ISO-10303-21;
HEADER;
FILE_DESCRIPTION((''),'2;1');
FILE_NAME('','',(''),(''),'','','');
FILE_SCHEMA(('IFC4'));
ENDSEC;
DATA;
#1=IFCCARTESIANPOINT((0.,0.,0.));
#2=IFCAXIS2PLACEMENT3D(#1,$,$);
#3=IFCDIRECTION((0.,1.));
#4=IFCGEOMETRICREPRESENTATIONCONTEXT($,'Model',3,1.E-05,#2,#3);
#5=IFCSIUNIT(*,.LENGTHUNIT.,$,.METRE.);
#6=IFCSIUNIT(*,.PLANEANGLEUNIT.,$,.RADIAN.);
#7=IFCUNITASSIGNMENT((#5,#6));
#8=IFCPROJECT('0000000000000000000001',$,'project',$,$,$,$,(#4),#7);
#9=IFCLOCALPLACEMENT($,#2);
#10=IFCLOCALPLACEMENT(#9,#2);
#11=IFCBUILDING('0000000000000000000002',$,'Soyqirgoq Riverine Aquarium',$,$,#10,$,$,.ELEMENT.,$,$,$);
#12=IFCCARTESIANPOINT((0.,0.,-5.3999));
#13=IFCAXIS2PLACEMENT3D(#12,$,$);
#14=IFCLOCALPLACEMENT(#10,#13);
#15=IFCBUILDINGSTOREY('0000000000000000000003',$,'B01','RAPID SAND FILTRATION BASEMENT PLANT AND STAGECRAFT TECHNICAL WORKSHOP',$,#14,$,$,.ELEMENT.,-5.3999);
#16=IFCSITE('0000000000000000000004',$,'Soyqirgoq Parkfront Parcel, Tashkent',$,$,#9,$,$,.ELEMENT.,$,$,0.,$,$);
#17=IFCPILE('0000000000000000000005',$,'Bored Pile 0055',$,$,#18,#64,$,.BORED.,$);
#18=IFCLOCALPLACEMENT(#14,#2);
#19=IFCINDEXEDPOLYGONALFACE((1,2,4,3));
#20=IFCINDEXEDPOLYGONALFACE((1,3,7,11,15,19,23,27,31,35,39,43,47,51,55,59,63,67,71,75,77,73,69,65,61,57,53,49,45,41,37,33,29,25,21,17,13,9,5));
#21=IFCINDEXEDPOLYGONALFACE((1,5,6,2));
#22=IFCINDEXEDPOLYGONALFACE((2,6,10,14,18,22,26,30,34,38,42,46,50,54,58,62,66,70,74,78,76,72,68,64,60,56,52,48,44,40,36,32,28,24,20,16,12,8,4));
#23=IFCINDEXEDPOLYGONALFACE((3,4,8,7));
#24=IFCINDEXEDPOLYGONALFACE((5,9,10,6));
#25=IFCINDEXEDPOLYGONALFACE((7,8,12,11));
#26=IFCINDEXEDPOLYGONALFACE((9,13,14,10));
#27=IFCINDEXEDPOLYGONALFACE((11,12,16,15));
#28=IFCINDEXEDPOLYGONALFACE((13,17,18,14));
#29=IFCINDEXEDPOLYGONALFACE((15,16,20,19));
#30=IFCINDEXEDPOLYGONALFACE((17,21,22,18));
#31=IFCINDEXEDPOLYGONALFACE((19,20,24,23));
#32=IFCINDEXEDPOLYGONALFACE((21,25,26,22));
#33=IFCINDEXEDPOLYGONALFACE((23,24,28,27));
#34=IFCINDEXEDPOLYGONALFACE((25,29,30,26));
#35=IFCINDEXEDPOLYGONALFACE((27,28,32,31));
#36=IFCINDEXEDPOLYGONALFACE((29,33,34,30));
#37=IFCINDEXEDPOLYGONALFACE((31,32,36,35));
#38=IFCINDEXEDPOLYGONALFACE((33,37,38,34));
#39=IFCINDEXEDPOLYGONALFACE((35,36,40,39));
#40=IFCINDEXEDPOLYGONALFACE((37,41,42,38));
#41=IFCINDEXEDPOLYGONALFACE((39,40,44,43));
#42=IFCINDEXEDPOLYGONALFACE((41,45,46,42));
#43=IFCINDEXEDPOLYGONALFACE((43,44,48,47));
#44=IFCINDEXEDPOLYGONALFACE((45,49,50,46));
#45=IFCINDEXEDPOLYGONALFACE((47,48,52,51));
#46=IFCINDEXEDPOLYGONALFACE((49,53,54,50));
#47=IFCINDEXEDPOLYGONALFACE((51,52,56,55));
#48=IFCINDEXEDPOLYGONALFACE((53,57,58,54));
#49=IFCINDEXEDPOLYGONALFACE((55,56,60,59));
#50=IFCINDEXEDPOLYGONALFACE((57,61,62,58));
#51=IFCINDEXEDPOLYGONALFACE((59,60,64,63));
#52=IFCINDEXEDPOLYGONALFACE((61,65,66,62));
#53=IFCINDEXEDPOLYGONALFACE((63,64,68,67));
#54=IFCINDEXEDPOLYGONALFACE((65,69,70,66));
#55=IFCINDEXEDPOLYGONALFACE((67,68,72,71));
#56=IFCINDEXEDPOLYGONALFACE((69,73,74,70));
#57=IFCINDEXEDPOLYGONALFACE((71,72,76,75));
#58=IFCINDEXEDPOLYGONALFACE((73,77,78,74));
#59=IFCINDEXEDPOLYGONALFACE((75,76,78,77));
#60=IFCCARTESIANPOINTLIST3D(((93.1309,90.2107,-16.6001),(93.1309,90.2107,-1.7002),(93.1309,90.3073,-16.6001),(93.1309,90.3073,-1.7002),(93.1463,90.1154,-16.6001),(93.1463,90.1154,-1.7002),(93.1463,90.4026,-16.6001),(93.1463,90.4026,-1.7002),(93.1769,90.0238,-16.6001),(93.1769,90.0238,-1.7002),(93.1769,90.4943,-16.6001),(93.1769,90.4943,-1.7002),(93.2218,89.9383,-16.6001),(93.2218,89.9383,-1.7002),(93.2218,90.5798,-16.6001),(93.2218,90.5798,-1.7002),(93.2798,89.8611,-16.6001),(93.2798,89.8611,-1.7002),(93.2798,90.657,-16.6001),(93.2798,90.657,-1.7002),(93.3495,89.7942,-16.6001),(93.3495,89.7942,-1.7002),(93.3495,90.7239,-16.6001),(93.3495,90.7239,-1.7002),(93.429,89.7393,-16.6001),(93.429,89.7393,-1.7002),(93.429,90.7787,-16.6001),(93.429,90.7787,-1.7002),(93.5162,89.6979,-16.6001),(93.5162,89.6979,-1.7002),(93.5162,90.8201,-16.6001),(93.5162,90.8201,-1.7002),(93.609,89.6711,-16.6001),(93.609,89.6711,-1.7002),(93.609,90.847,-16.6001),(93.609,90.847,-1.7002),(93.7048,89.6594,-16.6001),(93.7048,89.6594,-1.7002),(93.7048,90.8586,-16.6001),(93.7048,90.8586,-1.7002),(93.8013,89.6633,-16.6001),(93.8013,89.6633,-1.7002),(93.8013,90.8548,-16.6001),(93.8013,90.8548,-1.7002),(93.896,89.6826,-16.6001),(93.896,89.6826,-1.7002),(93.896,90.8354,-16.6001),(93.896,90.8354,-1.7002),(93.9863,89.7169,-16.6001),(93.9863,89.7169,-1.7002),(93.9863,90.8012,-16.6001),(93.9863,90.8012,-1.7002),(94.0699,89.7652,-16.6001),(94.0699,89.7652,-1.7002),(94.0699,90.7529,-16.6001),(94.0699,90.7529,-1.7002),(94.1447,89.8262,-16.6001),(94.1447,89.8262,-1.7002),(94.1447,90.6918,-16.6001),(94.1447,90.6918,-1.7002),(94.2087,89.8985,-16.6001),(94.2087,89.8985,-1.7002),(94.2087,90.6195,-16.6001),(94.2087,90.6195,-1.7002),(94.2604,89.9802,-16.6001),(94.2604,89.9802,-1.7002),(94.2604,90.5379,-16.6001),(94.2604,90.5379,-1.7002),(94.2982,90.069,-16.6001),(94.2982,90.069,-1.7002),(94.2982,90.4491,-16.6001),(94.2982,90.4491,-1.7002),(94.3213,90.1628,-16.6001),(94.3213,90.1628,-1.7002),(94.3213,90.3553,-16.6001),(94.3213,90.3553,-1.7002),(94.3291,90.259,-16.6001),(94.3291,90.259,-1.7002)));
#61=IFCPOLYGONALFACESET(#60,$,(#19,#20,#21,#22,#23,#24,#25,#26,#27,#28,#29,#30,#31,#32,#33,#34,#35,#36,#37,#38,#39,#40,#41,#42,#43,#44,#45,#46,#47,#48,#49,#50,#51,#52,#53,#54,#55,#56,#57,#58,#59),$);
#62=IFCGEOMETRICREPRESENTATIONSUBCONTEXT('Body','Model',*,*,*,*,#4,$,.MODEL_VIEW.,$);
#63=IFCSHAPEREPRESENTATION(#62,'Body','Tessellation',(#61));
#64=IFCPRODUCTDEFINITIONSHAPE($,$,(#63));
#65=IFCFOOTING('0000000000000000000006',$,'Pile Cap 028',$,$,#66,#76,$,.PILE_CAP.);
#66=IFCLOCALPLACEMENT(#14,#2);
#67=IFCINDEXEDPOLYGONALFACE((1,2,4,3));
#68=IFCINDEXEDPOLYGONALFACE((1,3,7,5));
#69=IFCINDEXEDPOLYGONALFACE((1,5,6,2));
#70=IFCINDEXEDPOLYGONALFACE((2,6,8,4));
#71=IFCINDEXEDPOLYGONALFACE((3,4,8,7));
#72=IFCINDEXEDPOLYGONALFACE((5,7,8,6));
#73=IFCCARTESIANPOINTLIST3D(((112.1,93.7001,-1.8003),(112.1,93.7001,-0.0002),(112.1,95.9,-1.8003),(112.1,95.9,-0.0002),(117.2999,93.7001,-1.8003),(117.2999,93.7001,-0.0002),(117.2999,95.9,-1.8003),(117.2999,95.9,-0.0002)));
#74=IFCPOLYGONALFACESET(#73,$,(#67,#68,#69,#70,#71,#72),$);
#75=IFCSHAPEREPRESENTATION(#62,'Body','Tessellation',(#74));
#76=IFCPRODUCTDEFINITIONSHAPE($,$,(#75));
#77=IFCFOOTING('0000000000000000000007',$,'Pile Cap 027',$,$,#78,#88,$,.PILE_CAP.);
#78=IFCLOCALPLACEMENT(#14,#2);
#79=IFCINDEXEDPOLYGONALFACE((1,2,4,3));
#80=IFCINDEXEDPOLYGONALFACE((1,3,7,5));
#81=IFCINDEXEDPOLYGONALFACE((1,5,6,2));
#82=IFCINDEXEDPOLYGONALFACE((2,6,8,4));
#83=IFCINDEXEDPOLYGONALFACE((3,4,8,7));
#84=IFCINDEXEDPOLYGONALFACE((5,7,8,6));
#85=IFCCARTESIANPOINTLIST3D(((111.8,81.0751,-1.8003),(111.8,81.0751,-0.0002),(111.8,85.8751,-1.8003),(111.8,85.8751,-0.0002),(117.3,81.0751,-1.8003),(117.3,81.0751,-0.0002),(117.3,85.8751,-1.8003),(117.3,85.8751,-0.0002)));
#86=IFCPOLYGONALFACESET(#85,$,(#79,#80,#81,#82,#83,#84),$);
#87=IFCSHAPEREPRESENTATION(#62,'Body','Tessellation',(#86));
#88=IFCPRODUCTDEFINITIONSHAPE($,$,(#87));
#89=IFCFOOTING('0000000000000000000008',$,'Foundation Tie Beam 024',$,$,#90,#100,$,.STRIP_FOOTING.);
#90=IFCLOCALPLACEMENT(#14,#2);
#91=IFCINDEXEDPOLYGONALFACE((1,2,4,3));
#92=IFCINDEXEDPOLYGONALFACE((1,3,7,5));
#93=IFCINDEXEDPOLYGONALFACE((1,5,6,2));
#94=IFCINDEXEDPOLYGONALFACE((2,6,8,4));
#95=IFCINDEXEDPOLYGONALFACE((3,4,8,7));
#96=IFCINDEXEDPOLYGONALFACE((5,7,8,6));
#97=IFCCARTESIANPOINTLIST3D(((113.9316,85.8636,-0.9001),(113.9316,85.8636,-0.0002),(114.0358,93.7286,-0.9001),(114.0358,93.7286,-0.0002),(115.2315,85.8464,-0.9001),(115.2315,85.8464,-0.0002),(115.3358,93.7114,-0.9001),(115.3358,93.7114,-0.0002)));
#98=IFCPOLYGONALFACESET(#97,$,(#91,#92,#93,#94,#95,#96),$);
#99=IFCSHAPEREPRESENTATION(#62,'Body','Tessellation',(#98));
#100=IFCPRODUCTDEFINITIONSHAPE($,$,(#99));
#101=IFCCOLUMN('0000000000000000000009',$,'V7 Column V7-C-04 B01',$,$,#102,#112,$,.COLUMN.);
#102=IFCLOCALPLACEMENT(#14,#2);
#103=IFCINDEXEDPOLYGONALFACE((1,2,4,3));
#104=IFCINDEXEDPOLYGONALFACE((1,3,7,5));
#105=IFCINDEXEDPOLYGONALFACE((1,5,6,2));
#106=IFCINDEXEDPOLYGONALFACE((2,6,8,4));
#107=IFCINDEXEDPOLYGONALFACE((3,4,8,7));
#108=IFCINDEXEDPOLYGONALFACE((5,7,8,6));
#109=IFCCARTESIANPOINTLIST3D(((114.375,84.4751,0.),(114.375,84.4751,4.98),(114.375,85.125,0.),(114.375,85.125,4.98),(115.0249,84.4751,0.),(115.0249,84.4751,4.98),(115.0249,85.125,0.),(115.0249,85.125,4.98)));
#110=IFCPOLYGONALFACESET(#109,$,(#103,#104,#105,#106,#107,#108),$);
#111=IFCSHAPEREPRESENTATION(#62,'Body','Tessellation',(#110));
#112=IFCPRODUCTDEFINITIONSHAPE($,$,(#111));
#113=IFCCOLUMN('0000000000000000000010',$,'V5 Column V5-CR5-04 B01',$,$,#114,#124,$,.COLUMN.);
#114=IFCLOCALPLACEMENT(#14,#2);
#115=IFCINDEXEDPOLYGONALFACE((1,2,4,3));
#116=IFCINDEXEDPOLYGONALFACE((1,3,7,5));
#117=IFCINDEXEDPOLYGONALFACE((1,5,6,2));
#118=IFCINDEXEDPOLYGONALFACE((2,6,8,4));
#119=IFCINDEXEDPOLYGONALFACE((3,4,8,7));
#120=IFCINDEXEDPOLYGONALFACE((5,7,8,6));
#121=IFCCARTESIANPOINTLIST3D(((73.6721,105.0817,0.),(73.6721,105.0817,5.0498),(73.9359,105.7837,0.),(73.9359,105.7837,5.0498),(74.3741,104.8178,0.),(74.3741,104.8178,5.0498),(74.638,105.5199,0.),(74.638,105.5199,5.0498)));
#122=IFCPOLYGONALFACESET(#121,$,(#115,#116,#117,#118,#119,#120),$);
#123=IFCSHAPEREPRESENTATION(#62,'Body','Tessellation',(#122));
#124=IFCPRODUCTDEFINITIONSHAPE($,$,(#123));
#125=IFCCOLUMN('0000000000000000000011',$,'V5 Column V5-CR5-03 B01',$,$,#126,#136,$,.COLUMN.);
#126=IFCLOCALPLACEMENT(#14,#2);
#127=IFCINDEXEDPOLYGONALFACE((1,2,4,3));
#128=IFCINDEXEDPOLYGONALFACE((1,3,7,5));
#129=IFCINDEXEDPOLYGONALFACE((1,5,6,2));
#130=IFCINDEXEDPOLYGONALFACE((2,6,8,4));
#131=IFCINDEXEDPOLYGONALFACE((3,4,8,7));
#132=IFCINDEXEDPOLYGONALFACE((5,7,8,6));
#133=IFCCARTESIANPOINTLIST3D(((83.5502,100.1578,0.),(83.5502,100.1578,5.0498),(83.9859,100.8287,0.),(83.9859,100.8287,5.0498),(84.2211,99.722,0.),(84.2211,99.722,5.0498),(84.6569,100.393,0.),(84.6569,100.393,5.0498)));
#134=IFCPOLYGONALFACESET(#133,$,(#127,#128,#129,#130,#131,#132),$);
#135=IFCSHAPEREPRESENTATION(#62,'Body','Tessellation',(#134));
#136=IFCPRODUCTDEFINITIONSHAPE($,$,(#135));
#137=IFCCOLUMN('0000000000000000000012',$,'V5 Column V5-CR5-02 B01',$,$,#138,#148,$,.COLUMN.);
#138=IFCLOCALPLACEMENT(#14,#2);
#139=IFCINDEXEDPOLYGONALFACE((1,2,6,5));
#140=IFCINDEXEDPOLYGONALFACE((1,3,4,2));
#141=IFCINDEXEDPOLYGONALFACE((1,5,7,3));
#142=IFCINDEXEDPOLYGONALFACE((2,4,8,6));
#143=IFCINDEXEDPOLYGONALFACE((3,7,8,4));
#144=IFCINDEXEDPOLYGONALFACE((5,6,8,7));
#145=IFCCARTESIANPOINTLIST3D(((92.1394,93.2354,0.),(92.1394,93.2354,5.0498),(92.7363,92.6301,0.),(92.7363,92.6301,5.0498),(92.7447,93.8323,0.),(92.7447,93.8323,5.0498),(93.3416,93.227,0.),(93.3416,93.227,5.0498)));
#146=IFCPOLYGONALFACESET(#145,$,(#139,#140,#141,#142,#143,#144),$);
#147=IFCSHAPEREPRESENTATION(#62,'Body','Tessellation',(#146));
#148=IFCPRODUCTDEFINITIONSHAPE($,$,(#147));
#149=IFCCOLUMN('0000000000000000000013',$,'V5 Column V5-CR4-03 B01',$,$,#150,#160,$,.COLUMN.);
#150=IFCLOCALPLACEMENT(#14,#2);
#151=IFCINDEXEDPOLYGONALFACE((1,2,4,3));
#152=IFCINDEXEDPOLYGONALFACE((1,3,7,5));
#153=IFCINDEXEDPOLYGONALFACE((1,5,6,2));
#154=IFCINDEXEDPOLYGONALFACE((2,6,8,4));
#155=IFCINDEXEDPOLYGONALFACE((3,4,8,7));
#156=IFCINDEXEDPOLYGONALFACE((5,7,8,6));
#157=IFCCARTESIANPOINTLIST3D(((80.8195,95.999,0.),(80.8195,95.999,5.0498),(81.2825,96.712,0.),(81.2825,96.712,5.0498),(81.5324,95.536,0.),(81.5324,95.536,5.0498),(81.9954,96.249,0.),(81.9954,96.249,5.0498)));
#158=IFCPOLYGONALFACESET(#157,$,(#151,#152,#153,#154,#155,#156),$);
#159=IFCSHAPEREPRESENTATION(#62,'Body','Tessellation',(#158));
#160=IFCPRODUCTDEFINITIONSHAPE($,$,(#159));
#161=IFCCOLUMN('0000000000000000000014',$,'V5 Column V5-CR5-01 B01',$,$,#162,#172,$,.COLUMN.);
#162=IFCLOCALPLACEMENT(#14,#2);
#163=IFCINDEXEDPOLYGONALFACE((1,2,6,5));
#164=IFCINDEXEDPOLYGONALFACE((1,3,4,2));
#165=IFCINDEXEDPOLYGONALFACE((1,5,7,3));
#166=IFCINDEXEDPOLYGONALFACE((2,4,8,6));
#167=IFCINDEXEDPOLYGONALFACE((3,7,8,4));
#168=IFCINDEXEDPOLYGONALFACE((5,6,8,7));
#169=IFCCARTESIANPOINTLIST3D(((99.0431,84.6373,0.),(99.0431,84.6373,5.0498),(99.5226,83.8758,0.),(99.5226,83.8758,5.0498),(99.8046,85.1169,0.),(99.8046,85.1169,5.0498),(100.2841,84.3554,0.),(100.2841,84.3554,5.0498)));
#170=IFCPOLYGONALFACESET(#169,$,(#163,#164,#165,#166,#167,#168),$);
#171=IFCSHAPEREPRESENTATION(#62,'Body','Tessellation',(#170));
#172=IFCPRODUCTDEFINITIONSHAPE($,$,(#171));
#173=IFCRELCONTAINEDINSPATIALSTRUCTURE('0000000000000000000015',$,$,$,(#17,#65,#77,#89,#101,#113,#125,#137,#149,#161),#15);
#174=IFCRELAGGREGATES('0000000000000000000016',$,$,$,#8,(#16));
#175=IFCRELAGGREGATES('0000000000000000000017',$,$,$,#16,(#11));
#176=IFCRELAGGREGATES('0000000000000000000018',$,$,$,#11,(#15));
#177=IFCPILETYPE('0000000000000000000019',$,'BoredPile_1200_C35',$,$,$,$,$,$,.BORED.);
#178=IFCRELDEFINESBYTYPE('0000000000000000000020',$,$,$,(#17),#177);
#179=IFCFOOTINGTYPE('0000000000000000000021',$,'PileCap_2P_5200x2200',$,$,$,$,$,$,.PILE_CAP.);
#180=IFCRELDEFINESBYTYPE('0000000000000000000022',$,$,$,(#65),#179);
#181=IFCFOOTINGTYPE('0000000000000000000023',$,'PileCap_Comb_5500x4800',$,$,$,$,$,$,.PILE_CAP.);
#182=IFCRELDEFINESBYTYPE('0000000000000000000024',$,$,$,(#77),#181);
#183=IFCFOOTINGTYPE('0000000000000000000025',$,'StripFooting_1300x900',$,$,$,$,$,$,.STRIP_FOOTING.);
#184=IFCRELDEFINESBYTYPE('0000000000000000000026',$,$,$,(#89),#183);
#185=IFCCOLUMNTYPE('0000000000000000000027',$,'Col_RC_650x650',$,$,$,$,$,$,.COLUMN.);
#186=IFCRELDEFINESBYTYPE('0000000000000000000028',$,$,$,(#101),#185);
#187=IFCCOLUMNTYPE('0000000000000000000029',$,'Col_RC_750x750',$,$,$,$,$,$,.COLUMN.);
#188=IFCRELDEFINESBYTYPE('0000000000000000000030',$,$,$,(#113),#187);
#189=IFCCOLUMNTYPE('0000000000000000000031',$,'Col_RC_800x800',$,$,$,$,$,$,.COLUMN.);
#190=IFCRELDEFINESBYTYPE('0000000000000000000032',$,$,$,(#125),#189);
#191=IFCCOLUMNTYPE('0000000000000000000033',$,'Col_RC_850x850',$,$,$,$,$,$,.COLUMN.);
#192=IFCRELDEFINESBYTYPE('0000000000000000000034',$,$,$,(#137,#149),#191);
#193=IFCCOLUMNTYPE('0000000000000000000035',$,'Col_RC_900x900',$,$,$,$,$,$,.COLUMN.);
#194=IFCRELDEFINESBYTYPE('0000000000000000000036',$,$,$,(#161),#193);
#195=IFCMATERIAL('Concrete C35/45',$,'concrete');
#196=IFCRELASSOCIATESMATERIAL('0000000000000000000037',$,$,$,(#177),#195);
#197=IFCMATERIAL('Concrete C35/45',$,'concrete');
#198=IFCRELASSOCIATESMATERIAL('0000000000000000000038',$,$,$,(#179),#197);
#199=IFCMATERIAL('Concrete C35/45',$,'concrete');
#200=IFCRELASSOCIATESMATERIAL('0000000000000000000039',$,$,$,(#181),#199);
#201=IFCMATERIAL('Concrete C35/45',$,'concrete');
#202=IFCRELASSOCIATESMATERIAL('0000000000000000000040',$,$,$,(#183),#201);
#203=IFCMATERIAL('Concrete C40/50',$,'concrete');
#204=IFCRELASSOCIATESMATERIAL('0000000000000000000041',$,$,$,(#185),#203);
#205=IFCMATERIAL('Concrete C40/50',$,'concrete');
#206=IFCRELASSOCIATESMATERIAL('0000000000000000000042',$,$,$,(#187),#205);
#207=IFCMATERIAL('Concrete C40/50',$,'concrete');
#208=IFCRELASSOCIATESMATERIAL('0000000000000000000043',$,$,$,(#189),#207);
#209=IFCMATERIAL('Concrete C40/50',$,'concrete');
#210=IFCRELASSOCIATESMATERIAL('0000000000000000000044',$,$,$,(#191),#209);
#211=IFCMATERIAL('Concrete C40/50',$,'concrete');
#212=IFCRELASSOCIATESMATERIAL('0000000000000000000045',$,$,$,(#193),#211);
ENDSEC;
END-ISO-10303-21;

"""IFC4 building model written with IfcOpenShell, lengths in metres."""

from ifc_helpers import new_model, si_unit, direction, frame, origin, origin_2d, place, context, subcontext, project, spatial, rectangle, circle, extrude, material, material_profile, profile_set, type_object, element, save


model = new_model("IFC4")

# Units and contexts
model_context = context("Model", 3, precision=1e-05, world=origin(), true_north=direction((0.0, 1.0)))
body_context = subcontext(model_context, "Body", "Model", "MODEL_VIEW")
ifc_project = project(units=[si_unit("LENGTHUNIT", "METRE"), si_unit("PLANEANGLEUNIT", "RADIAN")], contexts=[model_context])

# Site, building, storey
site_placement = place(None, origin())
site = spatial("IfcSite", under=ifc_project, at=site_placement, Name="Soyqirgoq Parkfront Parcel, Tashkent", CompositionType="ELEMENT", RefElevation=0.0)
building_placement = place(site_placement, origin())
building = spatial("IfcBuilding", under=site, at=building_placement, Name="Soyqirgoq Riverine Aquarium", CompositionType="ELEMENT")
storey_placement = place(building_placement, frame((0.0, 0.0, -5.3999)))
storey = spatial("IfcBuildingStorey", under=building, at=storey_placement, Name="B01", Description="RAPID SAND FILTRATION BASEMENT PLANT AND STAGECRAFT TECHNICAL WORKSHOP", CompositionType="ELEMENT", Elevation=-5.3999)

# Pile
ifc_material_1 = material(Name="Concrete C35/45", Category="concrete")
ifc_material_profile_1 = material_profile(ifc_material_1, circle(Radius=0.6001, at=origin_2d()), Name="BP D1200")
ifc_profile_set_1 = profile_set([ifc_material_profile_1], Name="Concrete C35/45")
pile_type_1 = type_object("IfcPileType", Name="BoredPile_1200_C35", PredefinedType="BORED", material=ifc_profile_set_1)
for number, where, z_axis, x_axis, name in (
    (1, (93.729, 90.259, -1.7002), (0.0, 0.0, -1.0), (1.0, 0.0, 0.0), "Bored Pile 0055"),
):
    element("IfcPile", number, at=place(storey_placement, frame(where, z_axis=z_axis, x_axis=x_axis)), inside=storey, type_object=pile_type_1, Name=name, PredefinedType="BORED", context=body_context, shape_type="SweptSolid", body=[
        extrude(circle(Radius=0.6001, at=origin_2d()), origin(), (0.0, 0.0, 1.0), 14.8999),
    ])

# Footings
ifc_material_2 = material(Name="Concrete C35/45", Category="concrete")
footing_type_1 = type_object("IfcFootingType", Name="PileCap_2P_5200x2200", PredefinedType="PILE_CAP", material=ifc_material_2)
footing_1_placement = place(storey_placement, frame((114.7, 94.8, -1.8003), z_axis=(0.0, 0.0, 1.0), x_axis=(1.0, 0.0, 0.0)))
element("IfcFooting", 2, at=footing_1_placement, inside=storey, type_object=footing_type_1, Name="Pile Cap 028", PredefinedType="PILE_CAP", context=body_context, shape_type="SweptSolid", body=[
    extrude(rectangle(XDim=5.2, YDim=2.2, at=origin_2d()), origin(), (0.0, 0.0, 1.0), 1.8),
])
ifc_material_3 = material(Name="Concrete C35/45", Category="concrete")
footing_type_2 = type_object("IfcFootingType", Name="PileCap_Comb_5500x4800", PredefinedType="PILE_CAP", material=ifc_material_3)
footing_2_placement = place(storey_placement, frame((114.55, 83.4751, -1.8003), z_axis=(0.0, 0.0, 1.0), x_axis=(1.0, 0.0, 0.0)))
element("IfcFooting", 3, at=footing_2_placement, inside=storey, type_object=footing_type_2, Name="Pile Cap 027", PredefinedType="PILE_CAP", context=body_context, shape_type="SweptSolid", body=[
    extrude(rectangle(XDim=5.5, YDim=4.8, at=origin_2d()), origin(), (0.0, 0.0, 1.0), 1.8),
])
ifc_material_4 = material(Name="Concrete C35/45", Category="concrete")
ifc_material_profile_2 = material_profile(ifc_material_4, rectangle(XDim=1.3, YDim=0.8999, at=origin_2d()), Name="RC 1300x900")
ifc_profile_set_2 = profile_set([ifc_material_profile_2], Name="Concrete C35/45")
footing_type_3 = type_object("IfcFootingType", Name="StripFooting_1300x900", PredefinedType="STRIP_FOOTING", material=ifc_profile_set_2)
footing_3_placement = place(storey_placement, frame((114.5815, 85.855, -0.4502), z_axis=(0.013254, 0.999912, 0.0), x_axis=(-0.999912, 0.013254, 0.0)))
element("IfcFooting", 4, at=footing_3_placement, inside=storey, type_object=footing_type_3, Name="Foundation Tie Beam 024", PredefinedType="STRIP_FOOTING", context=body_context, shape_type="SweptSolid", body=[
    extrude(rectangle(XDim=1.3, YDim=0.8999, at=origin_2d()), origin(), (0.0, 0.0, 1.0), 7.8657),
])

# Columns
ifc_material_5 = material(Name="Concrete C40/50", Category="concrete")
ifc_material_profile_3 = material_profile(ifc_material_5, rectangle(XDim=0.6499, YDim=0.6499, at=origin_2d()), Name="RC 650x650")
ifc_profile_set_3 = profile_set([ifc_material_profile_3], Name="Concrete C40/50")
column_type_1 = type_object("IfcColumnType", Name="Col_RC_650x650", PredefinedType="COLUMN", material=ifc_profile_set_3)
column_1_placement = place(storey_placement, frame((114.7, 84.8, 0.0), z_axis=(0.0, 0.0, 1.0), x_axis=(1.0, 0.0, 0.0)))
element("IfcColumn", 5, at=column_1_placement, inside=storey, type_object=column_type_1, Name="V7 Column V7-C-04 B01", PredefinedType="COLUMN", context=body_context, shape_type="SweptSolid", body=[
    extrude(rectangle(XDim=0.6499, YDim=0.6499, at=origin_2d()), origin(), (0.0, 0.0, 1.0), 4.98),
])
ifc_material_6 = material(Name="Concrete C40/50", Category="concrete")
ifc_material_profile_4 = material_profile(ifc_material_6, rectangle(XDim=0.75, YDim=0.75, at=origin_2d()), Name="RC 750x750")
ifc_profile_set_4 = profile_set([ifc_material_profile_4], Name="Concrete C40/50")
column_type_2 = type_object("IfcColumnType", Name="Col_RC_750x750", PredefinedType="COLUMN", material=ifc_profile_set_4)
column_2_placement = place(storey_placement, frame((74.155, 105.3008, 0.0), z_axis=(0.0, 0.0, 1.0), x_axis=(0.351842, 0.93606, 0.0)))
element("IfcColumn", 6, at=column_2_placement, inside=storey, type_object=column_type_2, Name="V5 Column V5-CR5-04 B01", PredefinedType="COLUMN", context=body_context, shape_type="SweptSolid", body=[
    extrude(rectangle(XDim=0.75, YDim=0.75, at=origin_2d()), origin(), (0.0, 0.0, 1.0), 5.0498),
])
ifc_material_7 = material(Name="Concrete C40/50", Category="concrete")
ifc_material_profile_5 = material_profile(ifc_material_7, rectangle(XDim=0.8, YDim=0.8, at=origin_2d()), Name="RC 800x800")
ifc_profile_set_5 = profile_set([ifc_material_profile_5], Name="Concrete C40/50")
column_type_3 = type_object("IfcColumnType", Name="Col_RC_800x800", PredefinedType="COLUMN", material=ifc_profile_set_5)
column_3_placement = place(storey_placement, frame((84.1035, 100.2754, 0.0), z_axis=(0.0, 0.0, 1.0), x_axis=(0.544639, 0.838671, 0.0)))
element("IfcColumn", 7, at=column_3_placement, inside=storey, type_object=column_type_3, Name="V5 Column V5-CR5-03 B01", PredefinedType="COLUMN", context=body_context, shape_type="SweptSolid", body=[
    extrude(rectangle(XDim=0.8, YDim=0.8, at=origin_2d()), origin(), (0.0, 0.0, 1.0), 5.0498),
])
ifc_material_8 = material(Name="Concrete C40/50", Category="concrete")
ifc_material_profile_6 = material_profile(ifc_material_8, rectangle(XDim=0.8501, YDim=0.8501, at=origin_2d()), Name="RC 850x850")
ifc_profile_set_6 = profile_set([ifc_material_profile_6], Name="Concrete C40/50")
column_type_4 = type_object("IfcColumnType", Name="Col_RC_850x850", PredefinedType="COLUMN", material=ifc_profile_set_6)
for number, where, z_axis, x_axis, name in (
    (8, (92.7405, 93.2312, 0.0), (0.0, 0.0, 1.0), (0.712026, 0.702153, 0.0), "V5 Column V5-CR5-02 B01"),
    (9, (81.4075, 96.124, 0.0), (0.0, 0.0, 1.0), (0.544639, 0.838671, 0.0), "V5 Column V5-CR4-03 B01"),
):
    element("IfcColumn", number, at=place(storey_placement, frame(where, z_axis=z_axis, x_axis=x_axis)), inside=storey, type_object=column_type_4, Name=name, PredefinedType="COLUMN", context=body_context, shape_type="SweptSolid", body=[
        extrude(rectangle(XDim=0.8501, YDim=0.8501, at=origin_2d()), origin(), (0.0, 0.0, 1.0), 5.0498),
    ])
ifc_material_9 = material(Name="Concrete C40/50", Category="concrete")
ifc_material_profile_7 = material_profile(ifc_material_9, rectangle(XDim=0.8999, YDim=0.8999, at=origin_2d()), Name="RC 900x900")
ifc_profile_set_7 = profile_set([ifc_material_profile_7], Name="Concrete C40/50")
column_type_5 = type_object("IfcColumnType", Name="Col_RC_900x900", PredefinedType="COLUMN", material=ifc_profile_set_7)
for number, where, z_axis, x_axis, name in (
    (10, (99.6636, 84.4963, 0.0), (0.0, 0.0, 1.0), (0.846193, 0.532876, 0.0), "V5 Column V5-CR5-01 B01"),
):
    element("IfcColumn", number, at=place(storey_placement, frame(where, z_axis=z_axis, x_axis=x_axis)), inside=storey, type_object=column_type_5, Name=name, PredefinedType="COLUMN", context=body_context, shape_type="SweptSolid", body=[
        extrude(rectangle(XDim=0.8999, YDim=0.8999, at=origin_2d()), origin(), (0.0, 0.0, 1.0), 5.0498),
    ])

save(model, "model.ifc")
